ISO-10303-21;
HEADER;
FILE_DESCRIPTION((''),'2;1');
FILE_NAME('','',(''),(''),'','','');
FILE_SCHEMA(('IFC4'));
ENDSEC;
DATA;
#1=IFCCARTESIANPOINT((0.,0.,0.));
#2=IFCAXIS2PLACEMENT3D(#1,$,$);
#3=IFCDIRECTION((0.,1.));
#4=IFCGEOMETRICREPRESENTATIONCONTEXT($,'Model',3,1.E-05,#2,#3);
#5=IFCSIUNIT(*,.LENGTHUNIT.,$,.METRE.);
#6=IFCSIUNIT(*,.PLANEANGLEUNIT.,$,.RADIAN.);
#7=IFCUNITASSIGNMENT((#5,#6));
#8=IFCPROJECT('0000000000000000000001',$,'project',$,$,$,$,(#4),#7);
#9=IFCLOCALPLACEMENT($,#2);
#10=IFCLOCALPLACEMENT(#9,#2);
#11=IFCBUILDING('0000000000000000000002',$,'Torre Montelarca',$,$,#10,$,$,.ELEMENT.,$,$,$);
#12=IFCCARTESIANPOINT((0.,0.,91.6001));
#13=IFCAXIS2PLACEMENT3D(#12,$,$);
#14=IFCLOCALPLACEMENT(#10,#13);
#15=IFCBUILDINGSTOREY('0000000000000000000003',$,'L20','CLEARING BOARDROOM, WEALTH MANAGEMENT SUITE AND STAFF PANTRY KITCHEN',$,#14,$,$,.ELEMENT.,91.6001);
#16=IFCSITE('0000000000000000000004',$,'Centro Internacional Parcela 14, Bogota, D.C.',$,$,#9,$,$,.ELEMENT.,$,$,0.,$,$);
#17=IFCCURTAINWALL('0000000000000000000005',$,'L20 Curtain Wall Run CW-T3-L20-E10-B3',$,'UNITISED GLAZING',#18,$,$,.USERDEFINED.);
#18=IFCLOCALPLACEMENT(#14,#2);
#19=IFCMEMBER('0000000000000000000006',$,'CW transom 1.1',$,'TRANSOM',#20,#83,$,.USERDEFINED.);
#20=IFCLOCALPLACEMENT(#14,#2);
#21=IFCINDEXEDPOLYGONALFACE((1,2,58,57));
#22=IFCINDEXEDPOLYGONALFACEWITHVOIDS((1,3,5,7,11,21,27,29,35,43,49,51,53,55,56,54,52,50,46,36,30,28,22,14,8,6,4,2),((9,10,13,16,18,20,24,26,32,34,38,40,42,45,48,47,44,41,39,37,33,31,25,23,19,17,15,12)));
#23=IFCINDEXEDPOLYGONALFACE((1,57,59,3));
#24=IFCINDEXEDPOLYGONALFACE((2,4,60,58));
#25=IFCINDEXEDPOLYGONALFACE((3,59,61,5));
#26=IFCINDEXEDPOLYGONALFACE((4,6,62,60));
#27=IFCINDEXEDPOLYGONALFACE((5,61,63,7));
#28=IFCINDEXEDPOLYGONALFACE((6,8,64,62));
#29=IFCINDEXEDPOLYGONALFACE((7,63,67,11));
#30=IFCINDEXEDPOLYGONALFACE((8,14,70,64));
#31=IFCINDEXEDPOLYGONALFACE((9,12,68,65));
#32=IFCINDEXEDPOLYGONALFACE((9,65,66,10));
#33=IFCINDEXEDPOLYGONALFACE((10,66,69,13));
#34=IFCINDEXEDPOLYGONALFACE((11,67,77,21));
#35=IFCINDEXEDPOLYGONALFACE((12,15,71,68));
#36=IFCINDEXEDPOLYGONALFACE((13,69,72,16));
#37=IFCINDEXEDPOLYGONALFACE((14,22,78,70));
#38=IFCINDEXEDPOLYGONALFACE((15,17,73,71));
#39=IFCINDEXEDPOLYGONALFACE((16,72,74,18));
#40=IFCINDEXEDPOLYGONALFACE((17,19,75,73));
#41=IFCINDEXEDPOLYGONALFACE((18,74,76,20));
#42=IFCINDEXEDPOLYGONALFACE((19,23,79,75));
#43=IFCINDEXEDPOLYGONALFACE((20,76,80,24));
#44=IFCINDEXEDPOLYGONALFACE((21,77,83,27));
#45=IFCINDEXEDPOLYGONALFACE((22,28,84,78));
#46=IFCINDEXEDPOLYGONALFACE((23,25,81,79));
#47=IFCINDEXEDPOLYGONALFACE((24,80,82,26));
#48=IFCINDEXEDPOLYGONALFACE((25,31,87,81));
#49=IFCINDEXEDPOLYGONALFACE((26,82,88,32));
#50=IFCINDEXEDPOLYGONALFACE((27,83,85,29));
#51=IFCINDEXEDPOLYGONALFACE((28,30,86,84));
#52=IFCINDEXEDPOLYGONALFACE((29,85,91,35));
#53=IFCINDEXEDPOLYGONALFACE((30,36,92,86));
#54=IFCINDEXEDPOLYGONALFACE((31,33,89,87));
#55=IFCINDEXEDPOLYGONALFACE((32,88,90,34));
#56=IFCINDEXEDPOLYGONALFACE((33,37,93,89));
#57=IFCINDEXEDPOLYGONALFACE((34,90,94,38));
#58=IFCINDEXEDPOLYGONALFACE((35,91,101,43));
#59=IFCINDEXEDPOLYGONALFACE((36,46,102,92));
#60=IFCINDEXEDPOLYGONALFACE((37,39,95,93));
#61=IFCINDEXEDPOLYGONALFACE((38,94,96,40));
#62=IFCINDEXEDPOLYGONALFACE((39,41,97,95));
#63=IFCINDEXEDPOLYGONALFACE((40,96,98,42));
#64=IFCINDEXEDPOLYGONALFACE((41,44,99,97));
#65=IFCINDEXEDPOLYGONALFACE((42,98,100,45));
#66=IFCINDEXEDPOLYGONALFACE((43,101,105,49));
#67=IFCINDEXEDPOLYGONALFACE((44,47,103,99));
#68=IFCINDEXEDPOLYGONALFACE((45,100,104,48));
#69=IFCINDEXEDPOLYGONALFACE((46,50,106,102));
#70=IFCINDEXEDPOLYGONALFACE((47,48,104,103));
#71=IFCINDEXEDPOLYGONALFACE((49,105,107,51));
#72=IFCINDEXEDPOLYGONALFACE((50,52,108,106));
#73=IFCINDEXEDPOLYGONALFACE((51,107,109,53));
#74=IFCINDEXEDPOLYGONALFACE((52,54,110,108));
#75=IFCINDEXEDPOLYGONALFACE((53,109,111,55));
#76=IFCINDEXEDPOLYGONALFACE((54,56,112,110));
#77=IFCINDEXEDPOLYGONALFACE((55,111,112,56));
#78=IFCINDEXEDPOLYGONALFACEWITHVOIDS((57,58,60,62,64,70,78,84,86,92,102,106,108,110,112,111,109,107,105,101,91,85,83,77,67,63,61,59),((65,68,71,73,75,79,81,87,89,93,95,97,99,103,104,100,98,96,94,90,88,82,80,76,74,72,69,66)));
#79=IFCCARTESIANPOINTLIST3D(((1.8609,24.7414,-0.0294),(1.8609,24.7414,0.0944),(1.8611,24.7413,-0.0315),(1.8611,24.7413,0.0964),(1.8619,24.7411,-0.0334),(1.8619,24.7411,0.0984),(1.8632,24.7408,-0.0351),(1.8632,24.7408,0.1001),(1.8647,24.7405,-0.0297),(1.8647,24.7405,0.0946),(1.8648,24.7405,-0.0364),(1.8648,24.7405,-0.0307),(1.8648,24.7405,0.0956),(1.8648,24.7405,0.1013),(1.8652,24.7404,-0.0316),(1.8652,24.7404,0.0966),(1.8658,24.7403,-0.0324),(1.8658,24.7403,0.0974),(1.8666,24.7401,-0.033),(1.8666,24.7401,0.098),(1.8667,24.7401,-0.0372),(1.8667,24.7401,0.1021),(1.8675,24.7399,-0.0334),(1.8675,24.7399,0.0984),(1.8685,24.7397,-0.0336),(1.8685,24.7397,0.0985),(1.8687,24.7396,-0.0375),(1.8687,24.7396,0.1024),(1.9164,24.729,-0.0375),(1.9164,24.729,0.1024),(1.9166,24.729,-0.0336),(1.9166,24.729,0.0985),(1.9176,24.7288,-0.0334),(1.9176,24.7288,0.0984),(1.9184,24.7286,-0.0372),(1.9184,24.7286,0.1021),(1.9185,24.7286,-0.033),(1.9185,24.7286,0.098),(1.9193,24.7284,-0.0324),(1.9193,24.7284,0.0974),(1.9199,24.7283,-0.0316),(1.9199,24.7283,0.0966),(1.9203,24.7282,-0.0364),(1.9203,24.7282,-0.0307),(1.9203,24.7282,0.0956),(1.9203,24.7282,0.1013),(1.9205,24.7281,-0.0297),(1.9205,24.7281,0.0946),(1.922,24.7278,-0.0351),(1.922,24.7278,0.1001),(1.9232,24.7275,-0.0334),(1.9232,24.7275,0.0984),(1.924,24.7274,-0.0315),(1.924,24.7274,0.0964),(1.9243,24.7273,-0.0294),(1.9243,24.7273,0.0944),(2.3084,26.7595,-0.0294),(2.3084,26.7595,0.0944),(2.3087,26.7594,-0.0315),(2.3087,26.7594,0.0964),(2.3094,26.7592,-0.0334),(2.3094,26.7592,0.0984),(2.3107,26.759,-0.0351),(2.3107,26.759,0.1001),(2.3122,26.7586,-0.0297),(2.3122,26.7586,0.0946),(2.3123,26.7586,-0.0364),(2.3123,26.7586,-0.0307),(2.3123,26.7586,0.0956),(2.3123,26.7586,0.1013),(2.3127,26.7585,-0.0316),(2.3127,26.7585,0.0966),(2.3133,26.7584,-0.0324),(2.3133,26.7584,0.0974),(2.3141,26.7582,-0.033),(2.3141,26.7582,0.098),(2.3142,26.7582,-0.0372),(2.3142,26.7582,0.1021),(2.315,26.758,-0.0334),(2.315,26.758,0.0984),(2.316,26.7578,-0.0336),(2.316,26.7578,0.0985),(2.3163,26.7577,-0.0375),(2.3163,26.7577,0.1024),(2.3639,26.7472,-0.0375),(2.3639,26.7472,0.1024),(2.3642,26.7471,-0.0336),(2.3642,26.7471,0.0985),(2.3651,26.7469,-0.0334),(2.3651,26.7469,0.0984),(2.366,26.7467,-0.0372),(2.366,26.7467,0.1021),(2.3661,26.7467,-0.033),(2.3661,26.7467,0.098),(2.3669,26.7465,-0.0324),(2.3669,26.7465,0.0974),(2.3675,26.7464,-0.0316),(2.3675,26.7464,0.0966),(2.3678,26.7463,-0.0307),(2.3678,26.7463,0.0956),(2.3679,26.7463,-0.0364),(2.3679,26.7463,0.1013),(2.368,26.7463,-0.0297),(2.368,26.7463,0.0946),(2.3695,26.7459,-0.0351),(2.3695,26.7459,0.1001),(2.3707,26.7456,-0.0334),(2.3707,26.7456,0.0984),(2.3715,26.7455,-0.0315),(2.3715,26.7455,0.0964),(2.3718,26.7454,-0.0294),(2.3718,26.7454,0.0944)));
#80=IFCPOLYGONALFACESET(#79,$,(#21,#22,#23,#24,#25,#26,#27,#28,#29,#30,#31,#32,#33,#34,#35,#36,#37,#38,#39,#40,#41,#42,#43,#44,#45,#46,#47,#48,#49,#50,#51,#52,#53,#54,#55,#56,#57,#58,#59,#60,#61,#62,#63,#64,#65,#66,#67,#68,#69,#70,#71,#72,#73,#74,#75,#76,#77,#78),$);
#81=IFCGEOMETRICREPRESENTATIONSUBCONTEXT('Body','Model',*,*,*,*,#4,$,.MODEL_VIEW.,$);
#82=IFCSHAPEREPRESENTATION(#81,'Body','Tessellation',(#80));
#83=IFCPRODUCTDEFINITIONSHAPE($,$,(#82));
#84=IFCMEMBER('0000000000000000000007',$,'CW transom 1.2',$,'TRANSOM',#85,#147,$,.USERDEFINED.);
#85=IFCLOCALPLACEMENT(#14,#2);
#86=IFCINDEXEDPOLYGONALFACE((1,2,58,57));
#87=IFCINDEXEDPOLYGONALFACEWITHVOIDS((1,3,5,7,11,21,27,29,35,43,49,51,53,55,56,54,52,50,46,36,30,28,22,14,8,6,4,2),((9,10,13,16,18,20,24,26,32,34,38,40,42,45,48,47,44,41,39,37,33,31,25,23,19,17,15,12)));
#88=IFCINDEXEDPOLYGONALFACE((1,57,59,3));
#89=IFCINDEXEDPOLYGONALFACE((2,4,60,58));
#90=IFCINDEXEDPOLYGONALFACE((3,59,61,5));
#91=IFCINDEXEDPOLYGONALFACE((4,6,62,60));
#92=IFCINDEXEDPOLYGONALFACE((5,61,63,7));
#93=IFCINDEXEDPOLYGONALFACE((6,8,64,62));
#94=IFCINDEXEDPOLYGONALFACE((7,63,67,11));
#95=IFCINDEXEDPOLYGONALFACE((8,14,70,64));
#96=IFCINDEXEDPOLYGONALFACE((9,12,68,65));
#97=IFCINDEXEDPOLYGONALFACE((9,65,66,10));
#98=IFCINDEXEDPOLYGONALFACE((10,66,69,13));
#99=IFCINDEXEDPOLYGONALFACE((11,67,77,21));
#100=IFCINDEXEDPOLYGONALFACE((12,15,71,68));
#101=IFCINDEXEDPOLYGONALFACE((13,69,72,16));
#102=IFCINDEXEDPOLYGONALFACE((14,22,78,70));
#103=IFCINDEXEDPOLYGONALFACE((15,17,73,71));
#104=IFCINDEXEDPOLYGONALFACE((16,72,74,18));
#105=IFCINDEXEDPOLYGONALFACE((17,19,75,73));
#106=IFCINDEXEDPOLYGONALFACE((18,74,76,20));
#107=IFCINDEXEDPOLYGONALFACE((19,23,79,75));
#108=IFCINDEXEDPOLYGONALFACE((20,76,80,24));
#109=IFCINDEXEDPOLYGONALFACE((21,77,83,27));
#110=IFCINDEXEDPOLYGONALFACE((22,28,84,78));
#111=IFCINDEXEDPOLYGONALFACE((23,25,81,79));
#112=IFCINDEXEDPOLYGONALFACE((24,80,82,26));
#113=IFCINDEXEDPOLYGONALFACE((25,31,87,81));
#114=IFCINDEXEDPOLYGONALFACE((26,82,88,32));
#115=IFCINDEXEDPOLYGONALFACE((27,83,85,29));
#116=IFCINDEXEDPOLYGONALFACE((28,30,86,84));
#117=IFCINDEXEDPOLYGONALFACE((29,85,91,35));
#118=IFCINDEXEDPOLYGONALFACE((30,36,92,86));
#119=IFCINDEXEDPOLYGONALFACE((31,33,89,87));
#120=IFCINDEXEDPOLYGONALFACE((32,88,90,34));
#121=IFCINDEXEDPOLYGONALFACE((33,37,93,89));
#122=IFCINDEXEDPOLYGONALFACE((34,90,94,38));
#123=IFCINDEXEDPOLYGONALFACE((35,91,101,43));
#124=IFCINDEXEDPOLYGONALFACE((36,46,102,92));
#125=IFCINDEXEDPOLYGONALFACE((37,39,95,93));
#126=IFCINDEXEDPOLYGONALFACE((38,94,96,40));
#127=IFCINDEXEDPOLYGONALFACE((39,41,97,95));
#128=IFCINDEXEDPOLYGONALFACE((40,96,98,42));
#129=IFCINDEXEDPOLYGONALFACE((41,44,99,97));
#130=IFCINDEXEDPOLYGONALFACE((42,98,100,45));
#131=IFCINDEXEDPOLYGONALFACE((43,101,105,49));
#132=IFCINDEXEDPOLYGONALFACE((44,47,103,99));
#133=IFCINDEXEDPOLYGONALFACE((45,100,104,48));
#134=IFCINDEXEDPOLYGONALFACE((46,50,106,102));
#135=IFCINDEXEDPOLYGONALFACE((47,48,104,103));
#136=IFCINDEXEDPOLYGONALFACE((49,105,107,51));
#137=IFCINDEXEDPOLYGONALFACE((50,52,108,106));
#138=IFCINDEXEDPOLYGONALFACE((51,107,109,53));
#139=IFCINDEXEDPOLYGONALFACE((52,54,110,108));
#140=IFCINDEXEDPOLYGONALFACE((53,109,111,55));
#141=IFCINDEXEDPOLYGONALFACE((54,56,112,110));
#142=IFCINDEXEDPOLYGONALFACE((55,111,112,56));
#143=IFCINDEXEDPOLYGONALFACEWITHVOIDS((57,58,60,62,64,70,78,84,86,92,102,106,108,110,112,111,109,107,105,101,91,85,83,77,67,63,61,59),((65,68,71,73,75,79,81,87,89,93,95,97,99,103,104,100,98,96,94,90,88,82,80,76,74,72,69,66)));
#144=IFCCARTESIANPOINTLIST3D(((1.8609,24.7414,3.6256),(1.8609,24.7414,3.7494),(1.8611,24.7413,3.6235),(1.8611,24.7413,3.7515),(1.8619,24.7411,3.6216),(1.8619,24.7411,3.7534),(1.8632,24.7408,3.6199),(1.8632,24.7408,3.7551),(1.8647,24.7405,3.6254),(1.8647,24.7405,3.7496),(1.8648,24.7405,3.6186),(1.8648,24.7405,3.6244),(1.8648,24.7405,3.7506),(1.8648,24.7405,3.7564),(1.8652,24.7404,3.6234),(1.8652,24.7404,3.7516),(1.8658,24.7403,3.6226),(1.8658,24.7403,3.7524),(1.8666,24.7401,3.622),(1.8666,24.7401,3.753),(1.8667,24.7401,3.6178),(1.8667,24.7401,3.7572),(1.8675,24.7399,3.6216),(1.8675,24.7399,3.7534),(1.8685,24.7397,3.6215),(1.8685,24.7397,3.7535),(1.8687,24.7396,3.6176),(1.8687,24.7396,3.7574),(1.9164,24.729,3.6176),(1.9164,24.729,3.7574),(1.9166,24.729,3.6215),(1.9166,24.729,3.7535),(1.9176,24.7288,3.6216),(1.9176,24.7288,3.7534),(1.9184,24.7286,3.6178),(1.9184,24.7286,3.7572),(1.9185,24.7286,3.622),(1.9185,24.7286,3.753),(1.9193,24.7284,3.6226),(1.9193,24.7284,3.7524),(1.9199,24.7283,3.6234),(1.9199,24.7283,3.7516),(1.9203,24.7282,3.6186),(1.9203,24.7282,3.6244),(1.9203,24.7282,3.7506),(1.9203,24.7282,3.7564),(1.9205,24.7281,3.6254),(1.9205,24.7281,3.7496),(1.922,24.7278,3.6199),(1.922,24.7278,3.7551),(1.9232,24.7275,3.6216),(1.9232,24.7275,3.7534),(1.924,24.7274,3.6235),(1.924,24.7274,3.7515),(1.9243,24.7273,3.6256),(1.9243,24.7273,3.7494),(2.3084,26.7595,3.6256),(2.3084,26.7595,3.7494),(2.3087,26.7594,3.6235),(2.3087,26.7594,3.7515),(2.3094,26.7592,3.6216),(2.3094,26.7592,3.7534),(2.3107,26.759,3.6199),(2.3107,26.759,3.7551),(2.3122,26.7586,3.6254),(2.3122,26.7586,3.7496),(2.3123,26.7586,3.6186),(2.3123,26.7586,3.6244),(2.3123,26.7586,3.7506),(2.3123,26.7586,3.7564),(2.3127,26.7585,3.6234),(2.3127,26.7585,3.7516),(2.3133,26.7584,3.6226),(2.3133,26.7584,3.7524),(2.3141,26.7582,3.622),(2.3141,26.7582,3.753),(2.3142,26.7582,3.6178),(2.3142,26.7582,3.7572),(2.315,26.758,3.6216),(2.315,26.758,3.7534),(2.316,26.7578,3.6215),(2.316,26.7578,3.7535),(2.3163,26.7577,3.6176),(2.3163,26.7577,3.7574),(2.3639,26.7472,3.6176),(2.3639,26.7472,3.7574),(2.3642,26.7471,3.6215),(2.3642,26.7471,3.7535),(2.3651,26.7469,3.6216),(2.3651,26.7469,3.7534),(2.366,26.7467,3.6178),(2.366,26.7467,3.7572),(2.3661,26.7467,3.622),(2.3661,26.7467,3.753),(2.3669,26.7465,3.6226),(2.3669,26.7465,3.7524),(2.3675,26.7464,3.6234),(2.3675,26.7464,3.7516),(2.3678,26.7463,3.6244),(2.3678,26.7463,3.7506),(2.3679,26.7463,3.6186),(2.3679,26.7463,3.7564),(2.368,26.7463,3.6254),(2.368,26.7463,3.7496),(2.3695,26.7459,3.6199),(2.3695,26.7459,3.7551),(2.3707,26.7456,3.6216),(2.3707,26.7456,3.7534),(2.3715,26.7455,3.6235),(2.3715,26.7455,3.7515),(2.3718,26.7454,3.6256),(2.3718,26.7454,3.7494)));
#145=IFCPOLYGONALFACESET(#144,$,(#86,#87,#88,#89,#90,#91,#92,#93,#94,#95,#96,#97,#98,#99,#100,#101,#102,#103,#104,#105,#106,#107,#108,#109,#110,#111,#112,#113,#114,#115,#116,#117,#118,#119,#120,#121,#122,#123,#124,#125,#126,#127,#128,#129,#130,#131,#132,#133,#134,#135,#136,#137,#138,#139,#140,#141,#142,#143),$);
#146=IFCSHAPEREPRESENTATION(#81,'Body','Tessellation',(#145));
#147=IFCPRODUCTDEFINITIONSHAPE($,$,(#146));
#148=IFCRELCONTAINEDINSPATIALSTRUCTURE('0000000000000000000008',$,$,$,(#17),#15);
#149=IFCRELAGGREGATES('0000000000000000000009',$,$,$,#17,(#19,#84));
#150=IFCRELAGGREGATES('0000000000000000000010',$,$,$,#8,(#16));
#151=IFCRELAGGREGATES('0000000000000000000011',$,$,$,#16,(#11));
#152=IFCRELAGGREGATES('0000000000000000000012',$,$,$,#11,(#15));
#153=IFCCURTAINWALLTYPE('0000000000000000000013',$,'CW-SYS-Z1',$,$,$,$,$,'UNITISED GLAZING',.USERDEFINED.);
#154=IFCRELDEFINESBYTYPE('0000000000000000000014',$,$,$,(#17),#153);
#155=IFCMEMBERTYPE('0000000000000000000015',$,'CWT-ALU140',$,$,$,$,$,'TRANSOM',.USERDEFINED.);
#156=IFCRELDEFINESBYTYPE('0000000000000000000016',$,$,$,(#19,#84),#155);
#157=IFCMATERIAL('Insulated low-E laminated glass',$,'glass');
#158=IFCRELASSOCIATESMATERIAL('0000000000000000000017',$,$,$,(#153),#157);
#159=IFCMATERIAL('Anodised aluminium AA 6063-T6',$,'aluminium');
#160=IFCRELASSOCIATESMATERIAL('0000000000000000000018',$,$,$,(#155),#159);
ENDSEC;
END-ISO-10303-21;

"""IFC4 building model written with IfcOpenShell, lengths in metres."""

from ifc_helpers import new_model, si_unit, direction, frame, origin, origin_2d, place, context, subcontext, project, spatial, hollow_rectangle, extrude, source, transform, mapped, material, material_profile, profile_set, type_object, element, aggregate, save


model = new_model("IFC4")

# Units and contexts
model_context = context("Model", 3, precision=1e-05, world=origin(), true_north=direction((0.0, 1.0)))
body_context = subcontext(model_context, "Body", "Model", "MODEL_VIEW")
ifc_project = project(units=[si_unit("LENGTHUNIT", "METRE"), si_unit("PLANEANGLEUNIT", "RADIAN")], contexts=[model_context])

# Site, building, storey
site_placement = place(None, origin())
site = spatial("IfcSite", under=ifc_project, at=site_placement, Name="Centro Internacional Parcela 14, Bogota, D.C.", CompositionType="ELEMENT", RefElevation=0.0)
building_placement = place(site_placement, origin())
building = spatial("IfcBuilding", under=site, at=building_placement, Name="Torre Montelarca", CompositionType="ELEMENT")
storey_placement = place(building_placement, frame((0.0, 0.0, 91.6001)))
storey = spatial("IfcBuildingStorey", under=building, at=storey_placement, Name="L20", Description="CLEARING BOARDROOM, WEALTH MANAGEMENT SUITE AND STAFF PANTRY KITCHEN", CompositionType="ELEMENT", Elevation=91.6001)

# Curtain wall, members
ifc_material_1 = material(Name="Insulated low-E laminated glass", Category="glass")
curtain_wall_type = type_object("IfcCurtainWallType", Name="CW-SYS-Z1", ElementType="UNITISED GLAZING", PredefinedType="USERDEFINED", material=ifc_material_1)
curtain_wall_1_placement = place(storey_placement, origin())
curtain_wall_1 = element("IfcCurtainWall", 1, at=curtain_wall_1_placement, inside=storey, type_object=curtain_wall_type, Name="L20 Curtain Wall Run CW-T3-L20-E10-B3", ObjectType="UNITISED GLAZING", PredefinedType="USERDEFINED")
ifc_material_2 = material(Name="Anodised aluminium AA 6063-T6", Category="aluminium")
ifc_material_profile_1 = material_profile(ifc_material_2, hollow_rectangle(XDim=0.0649, YDim=0.1399, WallThickness=0.0039, InnerFilletRadius=0.0039, OuterFilletRadius=0.0081, at=origin_2d()), Name="ALU65X140X4", Category="aluminium")
ifc_profile_set_1 = profile_set([ifc_material_profile_1], Name="Anodised aluminium AA 6063-T6")
member_type_1 = type_object("IfcMemberType", Name="CWT-ALU140", ElementType="TRANSOM", PredefinedType="USERDEFINED", material=ifc_profile_set_1)
shared_shape_1 = source(origin(), body_context, "Body", "SweptSolid", [
    extrude(hollow_rectangle(XDim=0.0649, YDim=0.1399, WallThickness=0.0039, InnerFilletRadius=0.0039, OuterFilletRadius=0.0081, at=origin_2d()), origin(), (0.0, 0.0, 1.0), 2.0671),
])
member_1_placement = place(storey_placement, frame((2.3401, 26.7524, 0.0325), z_axis=(-0.216493, -0.976284, 0.0), x_axis=(0.976284, -0.216493, 0.0)))
member_1 = element("IfcMember", 2, at=member_1_placement, type_object=member_type_1, Name="CW transom 1.1", ObjectType="TRANSOM", PredefinedType="USERDEFINED", context=body_context, shape_type="MappedRepresentation", body=[
    mapped(shared_shape_1, transform((0.0, 0.0, 0.0), scale=1.0)),
])
member_2_placement = place(storey_placement, frame((2.3401, 26.7524, 3.6875), z_axis=(-0.216493, -0.976284, 0.0), x_axis=(0.976284, -0.216493, 0.0)))
member_2 = element("IfcMember", 3, at=member_2_placement, type_object=member_type_1, Name="CW transom 1.2", ObjectType="TRANSOM", PredefinedType="USERDEFINED", context=body_context, shape_type="MappedRepresentation", body=[
    mapped(shared_shape_1, transform((0.0, 0.0, 0.0), scale=1.0)),
])

aggregate(curtain_wall_1, [member_1, member_2])

save(model, "model.ifc")
